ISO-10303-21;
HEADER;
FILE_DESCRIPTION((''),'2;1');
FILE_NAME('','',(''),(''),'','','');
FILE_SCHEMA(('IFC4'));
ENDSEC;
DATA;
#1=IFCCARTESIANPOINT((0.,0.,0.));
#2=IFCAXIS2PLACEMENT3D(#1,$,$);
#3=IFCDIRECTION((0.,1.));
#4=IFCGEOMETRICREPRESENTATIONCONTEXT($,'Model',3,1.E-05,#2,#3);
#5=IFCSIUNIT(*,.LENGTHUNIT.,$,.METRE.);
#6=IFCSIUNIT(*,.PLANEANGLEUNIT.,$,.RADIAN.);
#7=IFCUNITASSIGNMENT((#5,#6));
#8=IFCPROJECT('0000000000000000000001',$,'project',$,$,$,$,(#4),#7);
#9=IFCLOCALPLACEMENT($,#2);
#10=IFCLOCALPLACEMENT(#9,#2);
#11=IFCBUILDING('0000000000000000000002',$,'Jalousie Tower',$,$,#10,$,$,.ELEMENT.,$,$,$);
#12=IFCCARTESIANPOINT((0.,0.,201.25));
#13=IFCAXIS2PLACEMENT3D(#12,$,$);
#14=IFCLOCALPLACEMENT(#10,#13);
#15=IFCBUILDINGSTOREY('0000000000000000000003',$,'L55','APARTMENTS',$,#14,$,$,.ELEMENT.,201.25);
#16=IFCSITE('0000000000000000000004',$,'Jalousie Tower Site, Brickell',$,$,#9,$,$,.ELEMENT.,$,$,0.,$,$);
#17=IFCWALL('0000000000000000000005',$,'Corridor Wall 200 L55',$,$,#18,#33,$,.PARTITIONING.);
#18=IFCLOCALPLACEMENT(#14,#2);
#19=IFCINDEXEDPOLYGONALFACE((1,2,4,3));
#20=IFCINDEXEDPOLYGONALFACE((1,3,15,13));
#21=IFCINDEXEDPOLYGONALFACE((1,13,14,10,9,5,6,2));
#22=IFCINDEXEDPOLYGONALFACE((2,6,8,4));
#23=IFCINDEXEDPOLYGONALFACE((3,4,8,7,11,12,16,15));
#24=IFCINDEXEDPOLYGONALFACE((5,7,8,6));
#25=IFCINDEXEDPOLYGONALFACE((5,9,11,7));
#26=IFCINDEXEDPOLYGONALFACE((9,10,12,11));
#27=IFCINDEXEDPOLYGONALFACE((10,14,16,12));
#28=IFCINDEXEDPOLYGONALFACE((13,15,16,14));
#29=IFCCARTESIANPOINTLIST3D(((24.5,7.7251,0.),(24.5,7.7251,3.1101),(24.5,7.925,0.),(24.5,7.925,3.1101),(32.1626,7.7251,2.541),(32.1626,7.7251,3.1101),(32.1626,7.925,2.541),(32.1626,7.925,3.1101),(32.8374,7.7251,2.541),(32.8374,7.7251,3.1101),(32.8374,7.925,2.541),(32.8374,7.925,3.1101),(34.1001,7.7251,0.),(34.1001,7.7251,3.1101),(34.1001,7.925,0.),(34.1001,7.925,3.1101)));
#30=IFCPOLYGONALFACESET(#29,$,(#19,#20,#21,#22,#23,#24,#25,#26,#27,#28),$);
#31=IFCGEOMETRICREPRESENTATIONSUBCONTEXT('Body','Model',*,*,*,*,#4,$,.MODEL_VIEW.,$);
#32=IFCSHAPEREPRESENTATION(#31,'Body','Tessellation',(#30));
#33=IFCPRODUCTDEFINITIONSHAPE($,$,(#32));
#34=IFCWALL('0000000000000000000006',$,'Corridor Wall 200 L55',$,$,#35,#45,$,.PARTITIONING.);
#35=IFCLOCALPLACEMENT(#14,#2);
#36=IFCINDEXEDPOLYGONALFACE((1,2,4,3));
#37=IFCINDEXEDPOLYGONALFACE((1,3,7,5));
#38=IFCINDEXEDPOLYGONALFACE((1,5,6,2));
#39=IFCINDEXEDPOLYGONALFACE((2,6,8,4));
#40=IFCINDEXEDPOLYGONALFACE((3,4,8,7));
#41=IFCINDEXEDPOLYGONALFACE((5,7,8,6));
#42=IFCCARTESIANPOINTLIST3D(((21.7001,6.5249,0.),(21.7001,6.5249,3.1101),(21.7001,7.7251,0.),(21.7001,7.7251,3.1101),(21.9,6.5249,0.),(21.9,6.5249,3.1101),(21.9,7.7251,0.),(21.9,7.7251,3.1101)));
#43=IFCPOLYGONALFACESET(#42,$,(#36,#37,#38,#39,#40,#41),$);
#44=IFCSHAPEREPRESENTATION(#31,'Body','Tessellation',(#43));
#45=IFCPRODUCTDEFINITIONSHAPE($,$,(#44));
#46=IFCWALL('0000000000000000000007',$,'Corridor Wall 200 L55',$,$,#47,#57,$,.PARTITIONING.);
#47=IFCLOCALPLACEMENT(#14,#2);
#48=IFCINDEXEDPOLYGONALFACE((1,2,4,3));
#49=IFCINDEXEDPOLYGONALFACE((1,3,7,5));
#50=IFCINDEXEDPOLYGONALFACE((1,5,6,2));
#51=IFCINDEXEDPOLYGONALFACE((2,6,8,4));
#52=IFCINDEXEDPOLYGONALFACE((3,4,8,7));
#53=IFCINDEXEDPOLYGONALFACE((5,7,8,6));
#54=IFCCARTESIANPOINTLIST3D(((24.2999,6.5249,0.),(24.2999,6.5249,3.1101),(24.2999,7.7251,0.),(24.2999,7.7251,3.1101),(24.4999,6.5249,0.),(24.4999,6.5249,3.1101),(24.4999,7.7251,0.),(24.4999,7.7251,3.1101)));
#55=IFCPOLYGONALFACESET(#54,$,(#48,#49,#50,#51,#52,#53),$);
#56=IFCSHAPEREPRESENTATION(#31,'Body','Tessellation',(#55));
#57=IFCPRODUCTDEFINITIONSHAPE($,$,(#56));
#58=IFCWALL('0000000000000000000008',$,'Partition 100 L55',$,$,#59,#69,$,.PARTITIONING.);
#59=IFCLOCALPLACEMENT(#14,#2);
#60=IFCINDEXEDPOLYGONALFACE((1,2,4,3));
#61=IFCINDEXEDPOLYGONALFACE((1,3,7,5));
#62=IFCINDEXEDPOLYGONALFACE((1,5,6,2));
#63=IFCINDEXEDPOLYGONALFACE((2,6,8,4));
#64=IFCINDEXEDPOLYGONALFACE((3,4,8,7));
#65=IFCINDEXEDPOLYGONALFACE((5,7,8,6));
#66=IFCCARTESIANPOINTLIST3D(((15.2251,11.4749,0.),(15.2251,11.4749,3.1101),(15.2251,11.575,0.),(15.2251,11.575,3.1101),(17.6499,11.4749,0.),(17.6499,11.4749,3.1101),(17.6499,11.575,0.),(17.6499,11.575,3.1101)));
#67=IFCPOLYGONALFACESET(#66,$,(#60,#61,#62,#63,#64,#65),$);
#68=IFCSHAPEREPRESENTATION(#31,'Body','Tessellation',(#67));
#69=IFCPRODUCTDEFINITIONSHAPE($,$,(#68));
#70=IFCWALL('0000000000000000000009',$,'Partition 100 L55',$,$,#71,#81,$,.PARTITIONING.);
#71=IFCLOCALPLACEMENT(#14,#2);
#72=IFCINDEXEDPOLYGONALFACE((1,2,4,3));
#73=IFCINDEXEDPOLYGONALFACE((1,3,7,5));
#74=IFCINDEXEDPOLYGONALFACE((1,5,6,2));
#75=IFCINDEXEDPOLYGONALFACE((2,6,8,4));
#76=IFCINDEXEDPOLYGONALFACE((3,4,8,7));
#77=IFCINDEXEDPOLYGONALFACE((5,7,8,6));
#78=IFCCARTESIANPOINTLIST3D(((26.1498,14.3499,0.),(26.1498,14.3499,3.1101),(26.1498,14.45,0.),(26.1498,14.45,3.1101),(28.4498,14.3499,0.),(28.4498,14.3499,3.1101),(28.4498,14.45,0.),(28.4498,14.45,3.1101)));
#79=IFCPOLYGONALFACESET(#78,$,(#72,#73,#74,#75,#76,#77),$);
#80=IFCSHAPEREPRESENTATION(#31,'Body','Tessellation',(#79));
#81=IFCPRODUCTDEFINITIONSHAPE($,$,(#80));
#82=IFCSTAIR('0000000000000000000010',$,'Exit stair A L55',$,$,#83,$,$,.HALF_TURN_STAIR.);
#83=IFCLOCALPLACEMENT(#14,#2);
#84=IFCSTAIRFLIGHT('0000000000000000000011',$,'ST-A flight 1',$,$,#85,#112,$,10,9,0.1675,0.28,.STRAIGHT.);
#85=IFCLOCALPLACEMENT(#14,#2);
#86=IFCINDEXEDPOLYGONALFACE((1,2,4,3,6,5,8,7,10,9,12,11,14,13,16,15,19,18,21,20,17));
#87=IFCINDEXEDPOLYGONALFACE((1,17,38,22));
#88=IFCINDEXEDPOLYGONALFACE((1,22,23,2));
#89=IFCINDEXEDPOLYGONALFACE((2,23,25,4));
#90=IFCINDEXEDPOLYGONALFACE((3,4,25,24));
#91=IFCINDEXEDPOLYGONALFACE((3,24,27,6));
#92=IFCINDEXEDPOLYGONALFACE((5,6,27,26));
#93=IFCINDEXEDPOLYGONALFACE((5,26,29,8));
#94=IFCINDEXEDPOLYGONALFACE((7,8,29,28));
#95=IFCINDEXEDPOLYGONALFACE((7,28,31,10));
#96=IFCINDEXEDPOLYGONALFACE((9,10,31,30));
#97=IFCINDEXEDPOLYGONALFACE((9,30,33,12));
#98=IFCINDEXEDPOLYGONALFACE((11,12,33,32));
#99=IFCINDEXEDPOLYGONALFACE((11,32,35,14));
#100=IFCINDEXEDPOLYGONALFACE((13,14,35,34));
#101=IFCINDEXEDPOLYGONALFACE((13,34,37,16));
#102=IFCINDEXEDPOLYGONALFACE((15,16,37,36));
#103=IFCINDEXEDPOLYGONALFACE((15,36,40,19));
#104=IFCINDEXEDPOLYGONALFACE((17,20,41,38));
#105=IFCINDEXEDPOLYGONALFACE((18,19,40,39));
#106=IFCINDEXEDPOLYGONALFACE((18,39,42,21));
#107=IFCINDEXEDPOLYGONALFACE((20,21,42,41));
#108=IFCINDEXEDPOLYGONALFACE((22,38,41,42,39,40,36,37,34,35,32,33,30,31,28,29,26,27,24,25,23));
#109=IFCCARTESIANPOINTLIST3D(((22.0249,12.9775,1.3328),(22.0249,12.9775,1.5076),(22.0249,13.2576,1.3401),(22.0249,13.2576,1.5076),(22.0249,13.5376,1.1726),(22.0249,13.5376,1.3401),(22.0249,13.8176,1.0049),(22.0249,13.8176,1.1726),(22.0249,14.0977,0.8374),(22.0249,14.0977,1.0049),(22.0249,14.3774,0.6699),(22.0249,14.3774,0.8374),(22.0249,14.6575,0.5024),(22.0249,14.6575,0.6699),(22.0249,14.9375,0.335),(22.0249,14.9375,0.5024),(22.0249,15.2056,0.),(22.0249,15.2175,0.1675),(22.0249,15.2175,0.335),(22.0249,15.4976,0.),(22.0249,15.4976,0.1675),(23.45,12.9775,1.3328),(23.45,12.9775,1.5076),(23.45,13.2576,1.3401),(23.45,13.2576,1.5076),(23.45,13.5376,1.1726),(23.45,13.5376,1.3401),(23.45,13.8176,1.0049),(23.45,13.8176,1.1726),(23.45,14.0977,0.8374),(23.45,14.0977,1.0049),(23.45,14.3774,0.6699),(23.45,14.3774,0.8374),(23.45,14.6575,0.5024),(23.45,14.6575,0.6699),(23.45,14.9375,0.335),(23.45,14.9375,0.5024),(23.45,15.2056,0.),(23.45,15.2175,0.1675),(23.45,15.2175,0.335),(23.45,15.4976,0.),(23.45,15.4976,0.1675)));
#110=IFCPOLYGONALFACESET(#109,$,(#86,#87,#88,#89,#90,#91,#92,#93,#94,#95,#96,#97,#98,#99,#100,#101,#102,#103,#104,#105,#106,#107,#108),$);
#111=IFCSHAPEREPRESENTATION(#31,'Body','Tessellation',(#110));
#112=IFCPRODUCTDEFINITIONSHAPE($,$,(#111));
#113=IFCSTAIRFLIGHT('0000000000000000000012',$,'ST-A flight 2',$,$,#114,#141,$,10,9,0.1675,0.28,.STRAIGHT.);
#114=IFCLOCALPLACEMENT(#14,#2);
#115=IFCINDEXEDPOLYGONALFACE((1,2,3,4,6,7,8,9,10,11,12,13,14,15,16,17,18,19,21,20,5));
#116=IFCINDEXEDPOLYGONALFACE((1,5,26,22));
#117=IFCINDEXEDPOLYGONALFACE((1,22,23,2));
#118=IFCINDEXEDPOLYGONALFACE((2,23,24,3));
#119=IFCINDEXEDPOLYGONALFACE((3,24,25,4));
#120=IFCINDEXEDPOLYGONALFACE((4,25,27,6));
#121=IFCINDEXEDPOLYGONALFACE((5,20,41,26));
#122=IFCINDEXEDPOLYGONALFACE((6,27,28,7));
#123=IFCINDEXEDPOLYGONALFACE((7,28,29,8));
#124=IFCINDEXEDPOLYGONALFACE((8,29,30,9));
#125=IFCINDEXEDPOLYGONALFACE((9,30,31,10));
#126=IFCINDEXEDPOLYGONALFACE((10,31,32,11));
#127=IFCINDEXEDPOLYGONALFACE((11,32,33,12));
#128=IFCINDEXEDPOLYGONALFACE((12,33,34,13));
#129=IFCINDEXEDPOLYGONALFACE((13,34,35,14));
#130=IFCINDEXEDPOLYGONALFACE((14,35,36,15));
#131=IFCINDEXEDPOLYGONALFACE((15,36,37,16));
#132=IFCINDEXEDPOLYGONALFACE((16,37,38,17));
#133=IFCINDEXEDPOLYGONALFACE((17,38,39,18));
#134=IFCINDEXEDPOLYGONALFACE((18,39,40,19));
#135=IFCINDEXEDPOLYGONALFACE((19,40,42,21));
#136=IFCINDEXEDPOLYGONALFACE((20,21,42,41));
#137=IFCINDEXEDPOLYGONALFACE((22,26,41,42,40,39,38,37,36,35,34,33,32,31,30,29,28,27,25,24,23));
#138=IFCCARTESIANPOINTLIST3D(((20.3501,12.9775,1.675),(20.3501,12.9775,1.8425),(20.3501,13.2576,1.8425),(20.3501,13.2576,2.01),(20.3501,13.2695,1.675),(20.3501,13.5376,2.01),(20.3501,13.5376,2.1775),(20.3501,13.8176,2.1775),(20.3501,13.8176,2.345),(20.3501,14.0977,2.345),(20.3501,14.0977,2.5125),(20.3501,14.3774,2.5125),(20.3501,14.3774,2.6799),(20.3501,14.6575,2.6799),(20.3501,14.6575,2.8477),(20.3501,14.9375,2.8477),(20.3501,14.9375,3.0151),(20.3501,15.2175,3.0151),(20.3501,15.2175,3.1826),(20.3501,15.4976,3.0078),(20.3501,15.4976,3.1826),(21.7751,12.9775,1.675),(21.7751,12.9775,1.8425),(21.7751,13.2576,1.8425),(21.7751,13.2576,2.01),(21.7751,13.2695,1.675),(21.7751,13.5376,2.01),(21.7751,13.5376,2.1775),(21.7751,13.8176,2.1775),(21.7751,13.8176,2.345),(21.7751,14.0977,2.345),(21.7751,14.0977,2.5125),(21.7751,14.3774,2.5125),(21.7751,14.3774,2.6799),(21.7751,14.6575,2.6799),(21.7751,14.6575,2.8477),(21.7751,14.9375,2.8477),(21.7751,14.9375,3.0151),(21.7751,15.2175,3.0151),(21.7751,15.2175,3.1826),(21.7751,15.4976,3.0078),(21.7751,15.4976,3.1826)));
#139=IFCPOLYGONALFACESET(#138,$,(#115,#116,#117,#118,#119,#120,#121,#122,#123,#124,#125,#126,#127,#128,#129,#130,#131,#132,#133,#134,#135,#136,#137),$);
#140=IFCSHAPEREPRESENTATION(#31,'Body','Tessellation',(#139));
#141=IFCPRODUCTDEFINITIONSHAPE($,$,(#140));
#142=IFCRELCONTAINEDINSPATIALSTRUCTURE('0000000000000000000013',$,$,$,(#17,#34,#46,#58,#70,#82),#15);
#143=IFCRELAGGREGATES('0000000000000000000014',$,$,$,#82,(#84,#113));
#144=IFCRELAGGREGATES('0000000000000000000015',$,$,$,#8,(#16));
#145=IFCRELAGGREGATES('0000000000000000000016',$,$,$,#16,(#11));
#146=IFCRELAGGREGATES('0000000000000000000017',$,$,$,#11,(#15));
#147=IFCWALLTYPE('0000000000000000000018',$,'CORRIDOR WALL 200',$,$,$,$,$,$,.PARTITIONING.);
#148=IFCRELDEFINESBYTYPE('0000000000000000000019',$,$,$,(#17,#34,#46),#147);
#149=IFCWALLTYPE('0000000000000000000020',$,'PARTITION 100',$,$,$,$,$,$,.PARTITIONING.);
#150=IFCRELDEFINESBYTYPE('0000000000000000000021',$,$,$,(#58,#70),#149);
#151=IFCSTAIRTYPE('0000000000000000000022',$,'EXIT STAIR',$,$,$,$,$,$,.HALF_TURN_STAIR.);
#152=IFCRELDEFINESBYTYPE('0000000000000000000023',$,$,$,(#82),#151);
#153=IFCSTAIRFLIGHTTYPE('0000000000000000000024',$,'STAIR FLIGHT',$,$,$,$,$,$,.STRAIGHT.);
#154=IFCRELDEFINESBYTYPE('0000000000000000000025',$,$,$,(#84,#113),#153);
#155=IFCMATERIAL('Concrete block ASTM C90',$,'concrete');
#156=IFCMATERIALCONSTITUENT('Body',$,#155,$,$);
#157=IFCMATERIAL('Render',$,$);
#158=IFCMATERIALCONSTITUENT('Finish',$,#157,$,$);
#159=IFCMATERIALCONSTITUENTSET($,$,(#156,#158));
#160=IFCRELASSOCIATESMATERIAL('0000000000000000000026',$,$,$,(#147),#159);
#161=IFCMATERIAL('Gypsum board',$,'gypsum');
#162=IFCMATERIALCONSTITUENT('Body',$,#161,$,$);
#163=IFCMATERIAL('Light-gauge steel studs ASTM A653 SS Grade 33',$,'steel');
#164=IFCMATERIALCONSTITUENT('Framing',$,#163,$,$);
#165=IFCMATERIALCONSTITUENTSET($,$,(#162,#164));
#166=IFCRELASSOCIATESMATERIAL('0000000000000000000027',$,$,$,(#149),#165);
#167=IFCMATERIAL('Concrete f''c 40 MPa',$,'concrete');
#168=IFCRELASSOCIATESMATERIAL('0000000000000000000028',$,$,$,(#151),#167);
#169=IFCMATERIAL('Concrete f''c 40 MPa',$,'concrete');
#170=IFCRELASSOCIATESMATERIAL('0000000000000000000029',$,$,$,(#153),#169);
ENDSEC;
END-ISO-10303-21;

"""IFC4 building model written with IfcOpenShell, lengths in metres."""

from ifc_helpers import new_model, si_unit, direction, frame, frame_2d, origin, place, context, subcontext, project, spatial, polyline, rectangle, outline, extrude, material, constituent, constituent_set, type_object, element, aggregate, save


model = new_model("IFC4")

# Units and contexts
model_context = context("Model", 3, precision=1e-05, world=origin(), true_north=direction((0.0, 1.0)))
body_context = subcontext(model_context, "Body", "Model", "MODEL_VIEW")
ifc_project = project(units=[si_unit("LENGTHUNIT", "METRE"), si_unit("PLANEANGLEUNIT", "RADIAN")], contexts=[model_context])

# Site, building, storey
site_placement = place(None, origin())
site = spatial("IfcSite", under=ifc_project, at=site_placement, Name="Jalousie Tower Site, Brickell", CompositionType="ELEMENT", RefElevation=0.0)
building_placement = place(site_placement, origin())
building = spatial("IfcBuilding", under=site, at=building_placement, Name="Jalousie Tower", CompositionType="ELEMENT")
storey_placement = place(building_placement, frame((0.0, 0.0, 201.25)))
storey = spatial("IfcBuildingStorey", under=building, at=storey_placement, Name="L55", Description="APARTMENTS", CompositionType="ELEMENT", Elevation=201.25)

# Shared definitions
ifc_material_1 = material(Name="Concrete block ASTM C90", Category="concrete")
ifc_constituent_1 = constituent(ifc_material_1, Name="Body")
ifc_material_2 = material(Name="Render")
ifc_constituent_2 = constituent(ifc_material_2, Name="Finish")
ifc_constituent_set_1 = constituent_set(constituents=[ifc_constituent_1, ifc_constituent_2])
wall_type_1 = type_object("IfcWallType", Name="CORRIDOR WALL 200", PredefinedType="PARTITIONING", material=ifc_constituent_set_1)

# Walls
wall_1_placement = place(storey_placement, frame((24.5, 7.825, 0.0), z_axis=(0.0, 0.0, 1.0), x_axis=(1.0, 0.0, 0.0)))
element("IfcWall", 1, at=wall_1_placement, inside=storey, type_object=wall_type_1, Name="Corridor Wall 200 L55", PredefinedType="PARTITIONING", context=body_context, shape_type="SweptSolid", body=[
    extrude(outline(polyline([(0.0, 0.0), (9.6001, 0.0), (9.6001, 3.1101), (8.3374, 3.1101), (8.3374, 2.541), (7.6626, 2.541), (7.6626, 3.1101), (0.0, 3.1101), (0.0, 0.0)])), frame((0.0, 0.1001, 0.0), z_axis=(0.0, -1.0, 0.0), x_axis=(1.0, 0.0, 0.0)), (0.0, 0.0, 1.0), 0.2),
])
for number, where, z_axis, x_axis, name in (
    (2, (21.8, 7.7251, 0.0), (0.0, 0.0, 1.0), (0.0, -1.0, 0.0), "Corridor Wall 200 L55"),
    (3, (24.3999, 7.7251, 0.0), (0.0, 0.0, 1.0), (0.0, -1.0, 0.0), "Corridor Wall 200 L55"),
):
    element("IfcWall", number, at=place(storey_placement, frame(where, z_axis=z_axis, x_axis=x_axis)), inside=storey, type_object=wall_type_1, Name=name, PredefinedType="PARTITIONING", context=body_context, shape_type="SweptSolid", body=[
        extrude(rectangle(XDim=1.2002, YDim=0.2, at=frame_2d((0.6001, 0.0))), origin(), (0.0, 0.0, 1.0), 3.1101),
    ])
ifc_material_3 = material(Name="Gypsum board", Category="gypsum")
ifc_constituent_3 = constituent(ifc_material_3, Name="Body")
ifc_material_4 = material(Name="Light-gauge steel studs ASTM A653 SS Grade 33", Category="steel")
ifc_constituent_4 = constituent(ifc_material_4, Name="Framing")
ifc_constituent_set_2 = constituent_set(constituents=[ifc_constituent_3, ifc_constituent_4])
wall_type_2 = type_object("IfcWallType", Name="PARTITION 100", PredefinedType="PARTITIONING", material=ifc_constituent_set_2)
wall_2_placement = place(storey_placement, frame((15.2251, 11.5249, 0.0), z_axis=(0.0, 0.0, 1.0), x_axis=(1.0, 0.0, 0.0)))
element("IfcWall", 4, at=wall_2_placement, inside=storey, type_object=wall_type_2, Name="Partition 100 L55", PredefinedType="PARTITIONING", context=body_context, shape_type="SweptSolid", body=[
    extrude(rectangle(XDim=2.4248, YDim=0.1001, at=frame_2d((1.2124, 0.0))), origin(), (0.0, 0.0, 1.0), 3.1101),
])
wall_3_placement = place(storey_placement, frame((26.1499, 14.3999, 0.0), z_axis=(0.0, 0.0, 1.0), x_axis=(1.0, 0.0, 0.0)))
element("IfcWall", 5, at=wall_3_placement, inside=storey, type_object=wall_type_2, Name="Partition 100 L55", PredefinedType="PARTITIONING", context=body_context, shape_type="SweptSolid", body=[
    extrude(rectangle(XDim=2.3, YDim=0.1001, at=frame_2d((1.1499, 0.0))), origin(), (0.0, 0.0, 1.0), 3.1101),
])

# Stair, stair flights
ifc_material_5 = material(Name="Concrete f'c 40 MPa", Category="concrete")
stair_type = type_object("IfcStairType", Name="EXIT STAIR", PredefinedType="HALF_TURN_STAIR", material=ifc_material_5)
stair_placement = place(storey_placement, origin())
stair = element("IfcStair", 6, at=stair_placement, inside=storey, type_object=stair_type, Name="Exit stair A L55", PredefinedType="HALF_TURN_STAIR")
ifc_material_6 = material(Name="Concrete f'c 40 MPa", Category="concrete")
stair_flight_type = type_object("IfcStairFlightType", Name="STAIR FLIGHT", PredefinedType="STRAIGHT", material=ifc_material_6)
stair_flight_1_placement = place(storey_placement, frame((22.7375, 15.4976, 0.0), z_axis=(0.0, 0.0, 1.0), x_axis=(0.0, -1.0, 0.0)))
stair_flight_1 = element("IfcStairFlight", 7, at=stair_flight_1_placement, type_object=stair_flight_type, Name="ST-A flight 1", NumberOfRisers=10, NumberOfTreads=9, PredefinedType="STRAIGHT", RiserHeight=0.1675, TreadLength=0.28, context=body_context, shape_type="SweptSolid", body=[
    extrude(outline(polyline([(0.0, 0.0), (0.0, 0.1675), (0.28, 0.1675), (0.28, 0.335), (0.5601, 0.335), (0.5601, 0.5024), (0.8401, 0.5024), (0.8401, 0.6699), (1.1201, 0.6699), (1.1201, 0.8374), (1.3999, 0.8374), (1.3999, 1.0049), (1.6799, 1.0049), (1.6799, 1.1726), (1.96, 1.1726), (1.96, 1.3401), (2.24, 1.3401), (2.24, 1.5076), (2.52, 1.5076), (2.52, 1.675), (2.52, 1.3328), (0.292, 0.0), (0.0, 0.0)])), frame((0.0, 0.7124, 0.0), z_axis=(0.0, -1.0, 0.0), x_axis=(1.0, 0.0, 0.0)), (0.0, 0.0, 1.0), 1.425),
])
stair_flight_2_placement = place(storey_placement, frame((21.0625, 12.9775, 1.675), z_axis=(0.0, 0.0, 1.0), x_axis=(0.0, 1.0, 0.0)))
stair_flight_2 = element("IfcStairFlight", 8, at=stair_flight_2_placement, type_object=stair_flight_type, Name="ST-A flight 2", NumberOfRisers=10, NumberOfTreads=9, PredefinedType="STRAIGHT", RiserHeight=0.1675, TreadLength=0.28, context=body_context, shape_type="SweptSolid", body=[
    extrude(outline(polyline([(0.0, 0.0), (0.0, 0.1675), (0.28, 0.1675), (0.28, 0.335), (0.5601, 0.335), (0.5601, 0.5024), (0.8401, 0.5024), (0.8401, 0.6699), (1.1201, 0.6699), (1.1201, 0.8374), (1.3999, 0.8374), (1.3999, 1.0049), (1.6799, 1.0049), (1.6799, 1.1726), (1.96, 1.1726), (1.96, 1.3401), (2.24, 1.3401), (2.24, 1.5076), (2.52, 1.5076), (2.52, 1.675), (2.52, 1.3328), (0.292, 0.0), (0.0, 0.0)])), frame((0.0, 0.7124, 0.0), z_axis=(0.0, -1.0, 0.0), x_axis=(1.0, 0.0, 0.0)), (0.0, 0.0, 1.0), 1.425),
])
aggregate(stair, [stair_flight_1, stair_flight_2])

save(model, "model.ifc")
